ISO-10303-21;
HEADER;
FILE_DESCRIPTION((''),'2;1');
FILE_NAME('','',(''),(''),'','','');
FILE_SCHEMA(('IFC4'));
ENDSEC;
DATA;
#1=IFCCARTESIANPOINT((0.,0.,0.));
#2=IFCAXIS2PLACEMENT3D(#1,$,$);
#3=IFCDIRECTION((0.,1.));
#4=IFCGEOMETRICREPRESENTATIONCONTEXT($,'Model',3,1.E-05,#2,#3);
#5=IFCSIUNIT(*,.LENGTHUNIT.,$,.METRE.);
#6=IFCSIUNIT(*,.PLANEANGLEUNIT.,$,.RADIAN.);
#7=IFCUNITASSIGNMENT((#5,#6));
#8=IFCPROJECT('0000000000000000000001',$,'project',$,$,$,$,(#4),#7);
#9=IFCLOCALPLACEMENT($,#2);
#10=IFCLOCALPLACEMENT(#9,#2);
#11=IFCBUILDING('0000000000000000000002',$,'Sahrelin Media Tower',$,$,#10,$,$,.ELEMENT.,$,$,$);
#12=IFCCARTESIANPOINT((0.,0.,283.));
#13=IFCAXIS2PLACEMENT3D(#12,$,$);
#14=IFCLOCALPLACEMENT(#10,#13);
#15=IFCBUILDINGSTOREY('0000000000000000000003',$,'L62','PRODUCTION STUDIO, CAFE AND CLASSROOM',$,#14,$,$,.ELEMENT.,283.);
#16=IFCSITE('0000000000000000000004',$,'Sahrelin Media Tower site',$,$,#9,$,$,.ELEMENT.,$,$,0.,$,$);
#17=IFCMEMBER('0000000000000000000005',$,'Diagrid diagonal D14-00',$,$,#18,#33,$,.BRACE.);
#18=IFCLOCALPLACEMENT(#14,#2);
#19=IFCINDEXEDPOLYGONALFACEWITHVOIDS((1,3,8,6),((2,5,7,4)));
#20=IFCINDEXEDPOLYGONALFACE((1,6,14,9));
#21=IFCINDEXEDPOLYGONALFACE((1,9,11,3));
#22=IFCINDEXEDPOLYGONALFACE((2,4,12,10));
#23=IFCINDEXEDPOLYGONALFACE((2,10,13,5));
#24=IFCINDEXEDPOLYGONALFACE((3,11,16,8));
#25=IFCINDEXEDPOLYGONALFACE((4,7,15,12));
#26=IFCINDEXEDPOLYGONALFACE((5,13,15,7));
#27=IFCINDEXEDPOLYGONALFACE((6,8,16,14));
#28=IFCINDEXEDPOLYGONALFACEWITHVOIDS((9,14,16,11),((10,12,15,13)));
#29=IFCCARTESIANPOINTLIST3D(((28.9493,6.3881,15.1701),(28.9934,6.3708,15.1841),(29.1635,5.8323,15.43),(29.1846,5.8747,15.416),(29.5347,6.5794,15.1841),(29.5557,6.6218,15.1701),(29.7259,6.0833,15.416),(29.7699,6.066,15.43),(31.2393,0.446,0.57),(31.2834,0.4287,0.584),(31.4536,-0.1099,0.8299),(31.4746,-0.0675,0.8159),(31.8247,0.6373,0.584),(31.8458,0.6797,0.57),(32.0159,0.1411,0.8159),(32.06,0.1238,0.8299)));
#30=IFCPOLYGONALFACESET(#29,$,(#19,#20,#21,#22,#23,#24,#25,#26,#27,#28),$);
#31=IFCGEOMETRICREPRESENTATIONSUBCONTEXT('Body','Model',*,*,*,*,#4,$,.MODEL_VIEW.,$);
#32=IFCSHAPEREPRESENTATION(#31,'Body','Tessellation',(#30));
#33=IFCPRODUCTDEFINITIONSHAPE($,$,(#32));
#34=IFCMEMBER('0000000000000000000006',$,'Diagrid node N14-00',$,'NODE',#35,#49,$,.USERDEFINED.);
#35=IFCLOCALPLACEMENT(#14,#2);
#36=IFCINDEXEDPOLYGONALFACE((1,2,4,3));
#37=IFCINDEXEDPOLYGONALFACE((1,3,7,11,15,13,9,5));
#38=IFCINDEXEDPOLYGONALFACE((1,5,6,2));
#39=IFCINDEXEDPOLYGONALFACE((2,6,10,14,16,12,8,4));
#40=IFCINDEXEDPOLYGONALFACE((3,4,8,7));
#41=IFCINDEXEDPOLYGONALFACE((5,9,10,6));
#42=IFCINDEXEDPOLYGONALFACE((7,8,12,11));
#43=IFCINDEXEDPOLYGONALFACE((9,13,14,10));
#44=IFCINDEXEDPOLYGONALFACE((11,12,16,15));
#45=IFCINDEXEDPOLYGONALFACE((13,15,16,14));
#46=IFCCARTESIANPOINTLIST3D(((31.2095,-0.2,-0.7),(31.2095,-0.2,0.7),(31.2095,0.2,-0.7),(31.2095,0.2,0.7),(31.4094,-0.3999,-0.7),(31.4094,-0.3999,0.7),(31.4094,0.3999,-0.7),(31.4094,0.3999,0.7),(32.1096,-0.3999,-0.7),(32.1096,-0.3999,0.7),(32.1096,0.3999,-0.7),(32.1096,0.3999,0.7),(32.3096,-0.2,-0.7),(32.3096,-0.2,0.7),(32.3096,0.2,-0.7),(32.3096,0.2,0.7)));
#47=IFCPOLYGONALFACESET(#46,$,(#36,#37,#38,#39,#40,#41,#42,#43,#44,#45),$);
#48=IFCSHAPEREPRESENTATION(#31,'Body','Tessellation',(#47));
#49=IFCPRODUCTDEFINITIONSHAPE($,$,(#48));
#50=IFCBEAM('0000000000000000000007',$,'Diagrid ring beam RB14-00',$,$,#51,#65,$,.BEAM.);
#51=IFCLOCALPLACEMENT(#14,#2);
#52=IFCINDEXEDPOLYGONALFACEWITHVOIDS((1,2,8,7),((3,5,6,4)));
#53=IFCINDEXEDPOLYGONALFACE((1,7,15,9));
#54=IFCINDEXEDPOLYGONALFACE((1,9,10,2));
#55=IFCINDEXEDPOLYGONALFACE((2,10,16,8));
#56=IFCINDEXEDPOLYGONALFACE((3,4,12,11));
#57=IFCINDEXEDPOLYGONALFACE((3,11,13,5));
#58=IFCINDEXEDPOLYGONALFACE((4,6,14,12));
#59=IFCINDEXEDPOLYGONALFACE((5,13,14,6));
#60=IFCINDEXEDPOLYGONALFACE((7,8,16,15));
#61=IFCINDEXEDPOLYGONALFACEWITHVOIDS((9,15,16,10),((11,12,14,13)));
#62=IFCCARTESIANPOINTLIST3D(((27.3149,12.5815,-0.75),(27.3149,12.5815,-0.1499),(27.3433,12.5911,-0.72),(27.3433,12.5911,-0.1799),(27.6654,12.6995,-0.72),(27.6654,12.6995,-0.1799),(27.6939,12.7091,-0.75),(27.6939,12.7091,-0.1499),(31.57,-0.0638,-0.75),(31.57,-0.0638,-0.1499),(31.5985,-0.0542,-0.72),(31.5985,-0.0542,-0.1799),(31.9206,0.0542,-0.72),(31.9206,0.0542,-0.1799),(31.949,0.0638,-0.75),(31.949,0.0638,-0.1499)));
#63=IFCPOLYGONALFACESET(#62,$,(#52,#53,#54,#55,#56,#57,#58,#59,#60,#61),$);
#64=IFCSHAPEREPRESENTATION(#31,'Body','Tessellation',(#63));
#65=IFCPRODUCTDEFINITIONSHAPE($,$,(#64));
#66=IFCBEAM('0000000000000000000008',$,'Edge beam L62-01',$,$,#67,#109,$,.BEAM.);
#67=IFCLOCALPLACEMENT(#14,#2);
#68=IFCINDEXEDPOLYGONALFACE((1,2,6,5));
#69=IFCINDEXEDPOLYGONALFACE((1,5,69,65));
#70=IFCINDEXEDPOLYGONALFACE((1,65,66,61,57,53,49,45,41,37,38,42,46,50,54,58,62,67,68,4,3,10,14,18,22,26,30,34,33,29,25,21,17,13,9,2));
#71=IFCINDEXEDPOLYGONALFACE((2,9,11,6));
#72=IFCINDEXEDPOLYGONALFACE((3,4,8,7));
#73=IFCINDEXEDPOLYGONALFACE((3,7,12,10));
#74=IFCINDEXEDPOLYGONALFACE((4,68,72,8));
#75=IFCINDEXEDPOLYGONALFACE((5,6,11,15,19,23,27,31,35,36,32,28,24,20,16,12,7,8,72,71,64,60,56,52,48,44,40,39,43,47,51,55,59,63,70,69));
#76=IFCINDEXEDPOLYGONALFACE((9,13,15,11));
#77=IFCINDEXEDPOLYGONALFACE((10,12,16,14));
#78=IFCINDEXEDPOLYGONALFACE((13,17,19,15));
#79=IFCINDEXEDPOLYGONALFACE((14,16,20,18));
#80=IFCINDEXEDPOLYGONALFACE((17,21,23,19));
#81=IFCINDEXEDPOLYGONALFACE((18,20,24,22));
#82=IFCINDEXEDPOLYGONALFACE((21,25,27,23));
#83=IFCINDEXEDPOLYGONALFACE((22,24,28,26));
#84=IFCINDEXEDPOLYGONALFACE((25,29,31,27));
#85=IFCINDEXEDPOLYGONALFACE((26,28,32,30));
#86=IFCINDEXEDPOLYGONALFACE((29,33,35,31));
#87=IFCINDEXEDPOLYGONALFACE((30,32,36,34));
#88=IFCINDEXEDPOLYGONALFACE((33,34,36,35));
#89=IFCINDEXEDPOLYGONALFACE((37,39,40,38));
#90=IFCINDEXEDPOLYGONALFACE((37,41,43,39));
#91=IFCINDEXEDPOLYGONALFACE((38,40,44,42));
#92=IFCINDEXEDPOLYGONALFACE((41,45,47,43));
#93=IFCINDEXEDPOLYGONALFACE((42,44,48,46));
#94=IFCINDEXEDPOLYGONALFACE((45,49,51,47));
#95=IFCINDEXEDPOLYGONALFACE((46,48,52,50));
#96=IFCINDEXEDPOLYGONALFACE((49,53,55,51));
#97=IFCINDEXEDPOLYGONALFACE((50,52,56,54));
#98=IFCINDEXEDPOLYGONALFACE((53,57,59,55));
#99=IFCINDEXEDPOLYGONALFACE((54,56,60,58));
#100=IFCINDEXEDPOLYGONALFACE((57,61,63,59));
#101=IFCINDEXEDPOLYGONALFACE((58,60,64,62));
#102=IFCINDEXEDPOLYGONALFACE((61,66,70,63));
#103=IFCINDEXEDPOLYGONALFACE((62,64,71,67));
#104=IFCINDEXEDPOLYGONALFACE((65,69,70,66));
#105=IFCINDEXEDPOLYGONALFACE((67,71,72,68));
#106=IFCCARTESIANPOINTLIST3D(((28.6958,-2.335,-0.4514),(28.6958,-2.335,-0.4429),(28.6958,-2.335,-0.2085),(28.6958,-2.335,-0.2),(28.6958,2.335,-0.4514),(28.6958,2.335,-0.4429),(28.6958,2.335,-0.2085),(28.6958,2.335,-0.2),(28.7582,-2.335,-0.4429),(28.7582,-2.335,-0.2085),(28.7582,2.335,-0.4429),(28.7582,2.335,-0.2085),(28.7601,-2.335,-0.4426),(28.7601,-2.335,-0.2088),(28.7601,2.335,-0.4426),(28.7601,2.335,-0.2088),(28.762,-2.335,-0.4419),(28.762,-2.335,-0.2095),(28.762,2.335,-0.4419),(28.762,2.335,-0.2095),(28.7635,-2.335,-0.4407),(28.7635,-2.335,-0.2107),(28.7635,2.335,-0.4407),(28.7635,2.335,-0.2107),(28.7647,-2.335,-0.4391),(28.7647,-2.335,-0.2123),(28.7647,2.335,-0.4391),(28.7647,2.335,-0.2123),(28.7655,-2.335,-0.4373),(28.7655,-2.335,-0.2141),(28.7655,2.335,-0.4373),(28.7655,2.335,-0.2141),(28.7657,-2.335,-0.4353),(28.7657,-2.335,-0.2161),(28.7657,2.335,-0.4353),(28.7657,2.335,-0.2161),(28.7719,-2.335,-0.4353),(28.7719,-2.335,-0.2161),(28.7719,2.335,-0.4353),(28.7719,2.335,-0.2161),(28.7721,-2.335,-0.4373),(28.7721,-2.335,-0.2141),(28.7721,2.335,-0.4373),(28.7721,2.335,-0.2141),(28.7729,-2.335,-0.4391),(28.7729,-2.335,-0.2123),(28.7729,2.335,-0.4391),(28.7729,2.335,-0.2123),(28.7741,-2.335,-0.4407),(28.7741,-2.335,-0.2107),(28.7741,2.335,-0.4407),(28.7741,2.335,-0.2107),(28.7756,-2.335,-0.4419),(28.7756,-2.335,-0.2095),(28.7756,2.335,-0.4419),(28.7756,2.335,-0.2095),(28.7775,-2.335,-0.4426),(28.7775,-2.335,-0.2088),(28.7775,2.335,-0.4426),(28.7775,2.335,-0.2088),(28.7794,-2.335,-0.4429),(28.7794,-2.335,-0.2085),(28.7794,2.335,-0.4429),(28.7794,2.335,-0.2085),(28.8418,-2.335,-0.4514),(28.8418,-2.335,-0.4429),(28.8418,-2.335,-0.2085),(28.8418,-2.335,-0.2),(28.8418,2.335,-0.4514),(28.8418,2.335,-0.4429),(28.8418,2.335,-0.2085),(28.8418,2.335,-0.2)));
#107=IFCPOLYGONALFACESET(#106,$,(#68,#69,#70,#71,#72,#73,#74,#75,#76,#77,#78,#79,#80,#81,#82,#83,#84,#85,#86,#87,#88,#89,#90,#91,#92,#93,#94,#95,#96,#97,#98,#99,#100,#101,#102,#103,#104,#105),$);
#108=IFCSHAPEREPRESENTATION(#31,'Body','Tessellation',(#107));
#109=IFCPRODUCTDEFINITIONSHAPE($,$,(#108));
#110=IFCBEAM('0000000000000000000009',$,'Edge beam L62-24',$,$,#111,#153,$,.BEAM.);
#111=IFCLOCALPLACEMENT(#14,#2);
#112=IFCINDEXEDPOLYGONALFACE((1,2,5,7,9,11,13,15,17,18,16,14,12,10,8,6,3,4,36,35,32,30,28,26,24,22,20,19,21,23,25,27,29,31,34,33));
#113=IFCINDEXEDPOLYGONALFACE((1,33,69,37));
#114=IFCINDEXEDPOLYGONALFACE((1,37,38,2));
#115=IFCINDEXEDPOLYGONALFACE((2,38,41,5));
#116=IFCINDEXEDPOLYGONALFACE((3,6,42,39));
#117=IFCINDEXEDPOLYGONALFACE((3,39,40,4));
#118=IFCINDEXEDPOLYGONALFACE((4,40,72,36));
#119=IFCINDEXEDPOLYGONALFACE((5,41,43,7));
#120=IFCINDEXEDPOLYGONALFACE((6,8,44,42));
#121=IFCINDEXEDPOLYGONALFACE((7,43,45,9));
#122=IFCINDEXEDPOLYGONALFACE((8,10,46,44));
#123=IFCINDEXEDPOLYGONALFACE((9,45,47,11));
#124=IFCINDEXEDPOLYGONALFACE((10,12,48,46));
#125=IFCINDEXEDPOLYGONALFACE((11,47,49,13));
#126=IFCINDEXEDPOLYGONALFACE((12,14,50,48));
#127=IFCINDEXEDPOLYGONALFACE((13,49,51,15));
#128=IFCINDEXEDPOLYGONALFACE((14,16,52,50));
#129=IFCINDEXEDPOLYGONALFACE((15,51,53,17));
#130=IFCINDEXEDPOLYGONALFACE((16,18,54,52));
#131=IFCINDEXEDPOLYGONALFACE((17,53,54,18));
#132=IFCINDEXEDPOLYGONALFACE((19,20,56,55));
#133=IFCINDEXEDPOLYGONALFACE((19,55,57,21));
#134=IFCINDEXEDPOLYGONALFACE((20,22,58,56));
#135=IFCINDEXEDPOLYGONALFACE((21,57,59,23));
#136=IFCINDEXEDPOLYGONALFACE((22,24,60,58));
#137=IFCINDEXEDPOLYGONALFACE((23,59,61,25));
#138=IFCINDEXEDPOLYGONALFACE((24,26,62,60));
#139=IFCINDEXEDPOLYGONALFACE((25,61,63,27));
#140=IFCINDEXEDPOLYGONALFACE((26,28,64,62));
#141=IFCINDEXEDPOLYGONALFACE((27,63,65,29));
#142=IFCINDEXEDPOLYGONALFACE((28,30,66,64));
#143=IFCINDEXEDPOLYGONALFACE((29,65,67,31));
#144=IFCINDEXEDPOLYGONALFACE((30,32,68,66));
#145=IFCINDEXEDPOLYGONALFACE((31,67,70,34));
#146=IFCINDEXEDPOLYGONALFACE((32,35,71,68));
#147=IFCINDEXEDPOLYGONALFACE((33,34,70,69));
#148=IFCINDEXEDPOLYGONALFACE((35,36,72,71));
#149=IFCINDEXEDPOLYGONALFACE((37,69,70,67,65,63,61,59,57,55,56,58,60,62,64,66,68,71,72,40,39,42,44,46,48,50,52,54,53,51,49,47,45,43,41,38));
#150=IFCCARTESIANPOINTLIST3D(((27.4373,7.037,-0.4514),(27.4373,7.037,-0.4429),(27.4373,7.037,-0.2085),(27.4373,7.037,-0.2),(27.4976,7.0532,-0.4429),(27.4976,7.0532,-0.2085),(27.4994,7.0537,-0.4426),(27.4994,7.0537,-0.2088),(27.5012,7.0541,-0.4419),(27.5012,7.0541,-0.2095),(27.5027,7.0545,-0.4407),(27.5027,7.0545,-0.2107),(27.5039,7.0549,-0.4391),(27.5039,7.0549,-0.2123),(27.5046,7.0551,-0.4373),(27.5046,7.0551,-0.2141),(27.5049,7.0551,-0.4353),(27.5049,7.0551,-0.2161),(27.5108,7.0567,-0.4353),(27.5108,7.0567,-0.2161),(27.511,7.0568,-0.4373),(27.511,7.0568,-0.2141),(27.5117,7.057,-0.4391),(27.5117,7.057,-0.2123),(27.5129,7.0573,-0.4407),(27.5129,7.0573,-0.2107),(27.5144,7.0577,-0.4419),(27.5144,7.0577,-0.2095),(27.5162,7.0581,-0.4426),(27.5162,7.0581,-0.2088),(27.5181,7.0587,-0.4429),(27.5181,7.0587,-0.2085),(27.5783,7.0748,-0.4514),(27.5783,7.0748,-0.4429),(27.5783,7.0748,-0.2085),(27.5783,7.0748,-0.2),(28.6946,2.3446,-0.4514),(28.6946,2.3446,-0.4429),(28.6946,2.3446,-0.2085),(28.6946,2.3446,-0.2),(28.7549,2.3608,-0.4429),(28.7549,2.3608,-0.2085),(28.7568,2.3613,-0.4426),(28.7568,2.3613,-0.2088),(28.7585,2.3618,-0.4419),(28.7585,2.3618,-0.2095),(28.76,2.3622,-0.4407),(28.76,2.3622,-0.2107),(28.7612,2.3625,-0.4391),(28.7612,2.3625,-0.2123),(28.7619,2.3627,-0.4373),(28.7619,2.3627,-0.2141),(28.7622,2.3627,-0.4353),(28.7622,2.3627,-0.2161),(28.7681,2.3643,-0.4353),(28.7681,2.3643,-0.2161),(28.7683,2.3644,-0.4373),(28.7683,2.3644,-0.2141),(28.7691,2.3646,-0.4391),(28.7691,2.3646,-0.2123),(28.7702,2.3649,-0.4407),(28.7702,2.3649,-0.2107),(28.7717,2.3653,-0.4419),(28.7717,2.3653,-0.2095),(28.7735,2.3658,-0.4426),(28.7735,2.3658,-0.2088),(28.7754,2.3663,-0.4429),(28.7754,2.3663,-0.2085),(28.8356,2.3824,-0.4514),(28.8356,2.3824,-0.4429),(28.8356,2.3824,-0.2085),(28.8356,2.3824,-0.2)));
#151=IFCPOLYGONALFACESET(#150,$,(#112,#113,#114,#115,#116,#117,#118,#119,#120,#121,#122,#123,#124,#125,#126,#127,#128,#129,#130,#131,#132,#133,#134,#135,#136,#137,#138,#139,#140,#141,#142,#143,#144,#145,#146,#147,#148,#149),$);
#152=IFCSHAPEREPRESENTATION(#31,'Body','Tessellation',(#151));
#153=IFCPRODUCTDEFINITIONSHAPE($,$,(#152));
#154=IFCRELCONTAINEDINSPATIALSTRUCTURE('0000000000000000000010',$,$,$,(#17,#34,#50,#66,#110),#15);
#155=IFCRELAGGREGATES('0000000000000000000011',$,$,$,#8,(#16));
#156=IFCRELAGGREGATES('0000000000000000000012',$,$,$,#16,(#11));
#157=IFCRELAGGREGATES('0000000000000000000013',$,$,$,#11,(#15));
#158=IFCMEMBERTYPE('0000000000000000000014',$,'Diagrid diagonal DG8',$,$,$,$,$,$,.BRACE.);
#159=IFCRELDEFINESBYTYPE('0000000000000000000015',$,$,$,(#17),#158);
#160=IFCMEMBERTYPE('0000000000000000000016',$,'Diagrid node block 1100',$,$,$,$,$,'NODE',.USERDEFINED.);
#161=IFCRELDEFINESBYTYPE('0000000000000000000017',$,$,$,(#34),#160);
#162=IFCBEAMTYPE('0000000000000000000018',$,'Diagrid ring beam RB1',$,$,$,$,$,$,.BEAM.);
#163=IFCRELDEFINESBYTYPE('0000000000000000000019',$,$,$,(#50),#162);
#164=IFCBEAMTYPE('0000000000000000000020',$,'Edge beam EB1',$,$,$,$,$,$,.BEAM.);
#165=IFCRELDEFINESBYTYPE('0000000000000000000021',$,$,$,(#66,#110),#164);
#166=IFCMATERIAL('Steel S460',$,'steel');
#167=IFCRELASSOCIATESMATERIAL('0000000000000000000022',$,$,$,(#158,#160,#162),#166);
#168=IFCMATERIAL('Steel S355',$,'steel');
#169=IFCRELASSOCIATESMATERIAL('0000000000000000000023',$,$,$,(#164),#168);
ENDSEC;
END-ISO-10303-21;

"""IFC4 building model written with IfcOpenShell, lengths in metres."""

from ifc_helpers import new_model, si_unit, direction, frame, origin, origin_2d, place, context, subcontext, project, spatial, polyline, hollow_rectangle, i_section, outline, extrude, material, material_profile, profile_set, type_object, element, save


model = new_model("IFC4")

# Units and contexts
model_context = context("Model", 3, precision=1e-05, world=origin(), true_north=direction((0.0, 1.0)))
body_context = subcontext(model_context, "Body", "Model", "MODEL_VIEW")
ifc_project = project(units=[si_unit("LENGTHUNIT", "METRE"), si_unit("PLANEANGLEUNIT", "RADIAN")], contexts=[model_context])

# Site, building, storey
site_placement = place(None, origin())
site = spatial("IfcSite", under=ifc_project, at=site_placement, Name="Sahrelin Media Tower site", CompositionType="ELEMENT", RefElevation=0.0)
building_placement = place(site_placement, origin())
building = spatial("IfcBuilding", under=site, at=building_placement, Name="Sahrelin Media Tower", CompositionType="ELEMENT")
storey_placement = place(building_placement, frame((0.0, 0.0, 283.0)))
storey = spatial("IfcBuildingStorey", under=building, at=storey_placement, Name="L62", Description="PRODUCTION STUDIO, CAFE AND CLASSROOM", CompositionType="ELEMENT", Elevation=283.0)

# Members
ifc_material_1 = material(Name="Steel S460", Category="steel")
ifc_material_profile_1 = material_profile(ifc_material_1, hollow_rectangle(XDim=0.6499, YDim=0.6499, WallThickness=0.0349, at=origin_2d()), Name="Diagrid diagonal DG8")
ifc_profile_set_1 = profile_set([ifc_material_profile_1], Name="Steel S460")
member_type_1 = type_object("IfcMemberType", Name="Diagrid diagonal DG8", PredefinedType="BRACE", material=ifc_profile_set_1)
member_1_placement = place(storey_placement, frame((31.6497, 0.2849, 0.7), z_axis=(-0.14377, 0.373051, 0.916604), x_axis=(-0.933103, -0.359608, 0.0)))
element("IfcMember", 1, at=member_1_placement, inside=storey, type_object=member_type_1, Name="Diagrid diagonal D14-00", PredefinedType="BRACE", context=body_context, shape_type="SweptSolid", body=[
    extrude(hollow_rectangle(XDim=0.6499, YDim=0.6499, WallThickness=0.0349, at=origin_2d()), origin(), (0.0, 0.0, 1.0), 15.9285),
])
ifc_material_profile_2 = material_profile(ifc_material_1, outline(polyline([(0.3501, -0.3999), (0.55, -0.2), (0.55, 0.2), (0.3501, 0.3999), (-0.3501, 0.3999), (-0.55, 0.2), (-0.55, -0.2), (-0.3501, -0.3999), (0.3501, -0.3999)])), Name="Diagrid node block 1100")
ifc_profile_set_2 = profile_set([ifc_material_profile_2], Name="Steel S460")
member_type_2 = type_object("IfcMemberType", Name="Diagrid node block 1100", ElementType="NODE", PredefinedType="USERDEFINED", material=ifc_profile_set_2)
member_2_placement = place(storey_placement, frame((31.7595, 0.0, -0.7), z_axis=(0.0, 0.0, 1.0), x_axis=(1.0, 0.0, 0.0)))
element("IfcMember", 2, at=member_2_placement, inside=storey, type_object=member_type_2, Name="Diagrid node N14-00", ObjectType="NODE", PredefinedType="USERDEFINED", context=body_context, shape_type="SweptSolid", body=[
    extrude(outline(polyline([(0.3501, -0.3999), (0.55, -0.2), (0.55, 0.2), (0.3501, 0.3999), (-0.3501, 0.3999), (-0.55, 0.2), (-0.55, -0.2), (-0.3501, -0.3999), (0.3501, -0.3999)])), origin(), (0.0, 0.0, 1.0), 1.3999),
])

# Beams
ifc_material_profile_3 = material_profile(ifc_material_1, hollow_rectangle(XDim=0.3999, YDim=0.6001, WallThickness=0.03, at=origin_2d()), Name="Diagrid ring beam RB1")
ifc_profile_set_3 = profile_set([ifc_material_profile_3], Name="Steel S460")
beam_type_1 = type_object("IfcBeamType", Name="Diagrid ring beam RB1", PredefinedType="BEAM", material=ifc_profile_set_3)
beam_1_placement = place(storey_placement, frame((31.7595, 0.0, -0.45), z_axis=(-0.318927, 0.947779, 0.0), x_axis=(-0.947779, -0.318927, 0.0)))
element("IfcBeam", 3, at=beam_1_placement, inside=storey, type_object=beam_type_1, Name="Diagrid ring beam RB14-00", PredefinedType="BEAM", context=body_context, shape_type="SweptSolid", body=[
    extrude(hollow_rectangle(XDim=0.3999, YDim=0.6001, WallThickness=0.03, at=origin_2d()), origin(), (0.0, 0.0, 1.0), 13.342),
])
ifc_material_2 = material(Name="Steel S355", Category="steel")
ifc_material_profile_4 = material_profile(ifc_material_2, i_section(OverallWidth=0.146, OverallDepth=0.2515, WebThickness=0.0061, FlangeThickness=0.0085, FilletRadius=0.0076, at=origin_2d()), Name="UB 254x146x31")
ifc_profile_set_4 = profile_set([ifc_material_profile_4], Name="Steel S355")
beam_type_2 = type_object("IfcBeamType", Name="Edge beam EB1", PredefinedType="BEAM", material=ifc_profile_set_4)
beam_2_placement = place(storey_placement, frame((28.7688, 2.335, -0.3257), z_axis=(0.0, -1.0, 0.0), x_axis=(1.0, 0.0, 0.0)))
element("IfcBeam", 4, at=beam_2_placement, inside=storey, type_object=beam_type_2, Name="Edge beam L62-01", PredefinedType="BEAM", context=body_context, shape_type="SweptSolid", body=[
    extrude(i_section(OverallWidth=0.146, OverallDepth=0.2515, WebThickness=0.0061, FlangeThickness=0.0085, FilletRadius=0.0076, at=origin_2d()), origin(), (0.0, 0.0, 1.0), 4.6699),
])
beam_3_placement = place(storey_placement, frame((27.5078, 7.0559, -0.3257), z_axis=(0.25882, -0.965926, 0.0), x_axis=(0.965926, 0.25882, 0.0)))
element("IfcBeam", 5, at=beam_3_placement, inside=storey, type_object=beam_type_2, Name="Edge beam L62-24", PredefinedType="BEAM", context=body_context, shape_type="SweptSolid", body=[
    extrude(i_section(OverallWidth=0.146, OverallDepth=0.2515, WebThickness=0.0061, FlangeThickness=0.0085, FilletRadius=0.0076, at=origin_2d()), origin(), (0.0, 0.0, 1.0), 4.8579),
])

save(model, "model.ifc")
